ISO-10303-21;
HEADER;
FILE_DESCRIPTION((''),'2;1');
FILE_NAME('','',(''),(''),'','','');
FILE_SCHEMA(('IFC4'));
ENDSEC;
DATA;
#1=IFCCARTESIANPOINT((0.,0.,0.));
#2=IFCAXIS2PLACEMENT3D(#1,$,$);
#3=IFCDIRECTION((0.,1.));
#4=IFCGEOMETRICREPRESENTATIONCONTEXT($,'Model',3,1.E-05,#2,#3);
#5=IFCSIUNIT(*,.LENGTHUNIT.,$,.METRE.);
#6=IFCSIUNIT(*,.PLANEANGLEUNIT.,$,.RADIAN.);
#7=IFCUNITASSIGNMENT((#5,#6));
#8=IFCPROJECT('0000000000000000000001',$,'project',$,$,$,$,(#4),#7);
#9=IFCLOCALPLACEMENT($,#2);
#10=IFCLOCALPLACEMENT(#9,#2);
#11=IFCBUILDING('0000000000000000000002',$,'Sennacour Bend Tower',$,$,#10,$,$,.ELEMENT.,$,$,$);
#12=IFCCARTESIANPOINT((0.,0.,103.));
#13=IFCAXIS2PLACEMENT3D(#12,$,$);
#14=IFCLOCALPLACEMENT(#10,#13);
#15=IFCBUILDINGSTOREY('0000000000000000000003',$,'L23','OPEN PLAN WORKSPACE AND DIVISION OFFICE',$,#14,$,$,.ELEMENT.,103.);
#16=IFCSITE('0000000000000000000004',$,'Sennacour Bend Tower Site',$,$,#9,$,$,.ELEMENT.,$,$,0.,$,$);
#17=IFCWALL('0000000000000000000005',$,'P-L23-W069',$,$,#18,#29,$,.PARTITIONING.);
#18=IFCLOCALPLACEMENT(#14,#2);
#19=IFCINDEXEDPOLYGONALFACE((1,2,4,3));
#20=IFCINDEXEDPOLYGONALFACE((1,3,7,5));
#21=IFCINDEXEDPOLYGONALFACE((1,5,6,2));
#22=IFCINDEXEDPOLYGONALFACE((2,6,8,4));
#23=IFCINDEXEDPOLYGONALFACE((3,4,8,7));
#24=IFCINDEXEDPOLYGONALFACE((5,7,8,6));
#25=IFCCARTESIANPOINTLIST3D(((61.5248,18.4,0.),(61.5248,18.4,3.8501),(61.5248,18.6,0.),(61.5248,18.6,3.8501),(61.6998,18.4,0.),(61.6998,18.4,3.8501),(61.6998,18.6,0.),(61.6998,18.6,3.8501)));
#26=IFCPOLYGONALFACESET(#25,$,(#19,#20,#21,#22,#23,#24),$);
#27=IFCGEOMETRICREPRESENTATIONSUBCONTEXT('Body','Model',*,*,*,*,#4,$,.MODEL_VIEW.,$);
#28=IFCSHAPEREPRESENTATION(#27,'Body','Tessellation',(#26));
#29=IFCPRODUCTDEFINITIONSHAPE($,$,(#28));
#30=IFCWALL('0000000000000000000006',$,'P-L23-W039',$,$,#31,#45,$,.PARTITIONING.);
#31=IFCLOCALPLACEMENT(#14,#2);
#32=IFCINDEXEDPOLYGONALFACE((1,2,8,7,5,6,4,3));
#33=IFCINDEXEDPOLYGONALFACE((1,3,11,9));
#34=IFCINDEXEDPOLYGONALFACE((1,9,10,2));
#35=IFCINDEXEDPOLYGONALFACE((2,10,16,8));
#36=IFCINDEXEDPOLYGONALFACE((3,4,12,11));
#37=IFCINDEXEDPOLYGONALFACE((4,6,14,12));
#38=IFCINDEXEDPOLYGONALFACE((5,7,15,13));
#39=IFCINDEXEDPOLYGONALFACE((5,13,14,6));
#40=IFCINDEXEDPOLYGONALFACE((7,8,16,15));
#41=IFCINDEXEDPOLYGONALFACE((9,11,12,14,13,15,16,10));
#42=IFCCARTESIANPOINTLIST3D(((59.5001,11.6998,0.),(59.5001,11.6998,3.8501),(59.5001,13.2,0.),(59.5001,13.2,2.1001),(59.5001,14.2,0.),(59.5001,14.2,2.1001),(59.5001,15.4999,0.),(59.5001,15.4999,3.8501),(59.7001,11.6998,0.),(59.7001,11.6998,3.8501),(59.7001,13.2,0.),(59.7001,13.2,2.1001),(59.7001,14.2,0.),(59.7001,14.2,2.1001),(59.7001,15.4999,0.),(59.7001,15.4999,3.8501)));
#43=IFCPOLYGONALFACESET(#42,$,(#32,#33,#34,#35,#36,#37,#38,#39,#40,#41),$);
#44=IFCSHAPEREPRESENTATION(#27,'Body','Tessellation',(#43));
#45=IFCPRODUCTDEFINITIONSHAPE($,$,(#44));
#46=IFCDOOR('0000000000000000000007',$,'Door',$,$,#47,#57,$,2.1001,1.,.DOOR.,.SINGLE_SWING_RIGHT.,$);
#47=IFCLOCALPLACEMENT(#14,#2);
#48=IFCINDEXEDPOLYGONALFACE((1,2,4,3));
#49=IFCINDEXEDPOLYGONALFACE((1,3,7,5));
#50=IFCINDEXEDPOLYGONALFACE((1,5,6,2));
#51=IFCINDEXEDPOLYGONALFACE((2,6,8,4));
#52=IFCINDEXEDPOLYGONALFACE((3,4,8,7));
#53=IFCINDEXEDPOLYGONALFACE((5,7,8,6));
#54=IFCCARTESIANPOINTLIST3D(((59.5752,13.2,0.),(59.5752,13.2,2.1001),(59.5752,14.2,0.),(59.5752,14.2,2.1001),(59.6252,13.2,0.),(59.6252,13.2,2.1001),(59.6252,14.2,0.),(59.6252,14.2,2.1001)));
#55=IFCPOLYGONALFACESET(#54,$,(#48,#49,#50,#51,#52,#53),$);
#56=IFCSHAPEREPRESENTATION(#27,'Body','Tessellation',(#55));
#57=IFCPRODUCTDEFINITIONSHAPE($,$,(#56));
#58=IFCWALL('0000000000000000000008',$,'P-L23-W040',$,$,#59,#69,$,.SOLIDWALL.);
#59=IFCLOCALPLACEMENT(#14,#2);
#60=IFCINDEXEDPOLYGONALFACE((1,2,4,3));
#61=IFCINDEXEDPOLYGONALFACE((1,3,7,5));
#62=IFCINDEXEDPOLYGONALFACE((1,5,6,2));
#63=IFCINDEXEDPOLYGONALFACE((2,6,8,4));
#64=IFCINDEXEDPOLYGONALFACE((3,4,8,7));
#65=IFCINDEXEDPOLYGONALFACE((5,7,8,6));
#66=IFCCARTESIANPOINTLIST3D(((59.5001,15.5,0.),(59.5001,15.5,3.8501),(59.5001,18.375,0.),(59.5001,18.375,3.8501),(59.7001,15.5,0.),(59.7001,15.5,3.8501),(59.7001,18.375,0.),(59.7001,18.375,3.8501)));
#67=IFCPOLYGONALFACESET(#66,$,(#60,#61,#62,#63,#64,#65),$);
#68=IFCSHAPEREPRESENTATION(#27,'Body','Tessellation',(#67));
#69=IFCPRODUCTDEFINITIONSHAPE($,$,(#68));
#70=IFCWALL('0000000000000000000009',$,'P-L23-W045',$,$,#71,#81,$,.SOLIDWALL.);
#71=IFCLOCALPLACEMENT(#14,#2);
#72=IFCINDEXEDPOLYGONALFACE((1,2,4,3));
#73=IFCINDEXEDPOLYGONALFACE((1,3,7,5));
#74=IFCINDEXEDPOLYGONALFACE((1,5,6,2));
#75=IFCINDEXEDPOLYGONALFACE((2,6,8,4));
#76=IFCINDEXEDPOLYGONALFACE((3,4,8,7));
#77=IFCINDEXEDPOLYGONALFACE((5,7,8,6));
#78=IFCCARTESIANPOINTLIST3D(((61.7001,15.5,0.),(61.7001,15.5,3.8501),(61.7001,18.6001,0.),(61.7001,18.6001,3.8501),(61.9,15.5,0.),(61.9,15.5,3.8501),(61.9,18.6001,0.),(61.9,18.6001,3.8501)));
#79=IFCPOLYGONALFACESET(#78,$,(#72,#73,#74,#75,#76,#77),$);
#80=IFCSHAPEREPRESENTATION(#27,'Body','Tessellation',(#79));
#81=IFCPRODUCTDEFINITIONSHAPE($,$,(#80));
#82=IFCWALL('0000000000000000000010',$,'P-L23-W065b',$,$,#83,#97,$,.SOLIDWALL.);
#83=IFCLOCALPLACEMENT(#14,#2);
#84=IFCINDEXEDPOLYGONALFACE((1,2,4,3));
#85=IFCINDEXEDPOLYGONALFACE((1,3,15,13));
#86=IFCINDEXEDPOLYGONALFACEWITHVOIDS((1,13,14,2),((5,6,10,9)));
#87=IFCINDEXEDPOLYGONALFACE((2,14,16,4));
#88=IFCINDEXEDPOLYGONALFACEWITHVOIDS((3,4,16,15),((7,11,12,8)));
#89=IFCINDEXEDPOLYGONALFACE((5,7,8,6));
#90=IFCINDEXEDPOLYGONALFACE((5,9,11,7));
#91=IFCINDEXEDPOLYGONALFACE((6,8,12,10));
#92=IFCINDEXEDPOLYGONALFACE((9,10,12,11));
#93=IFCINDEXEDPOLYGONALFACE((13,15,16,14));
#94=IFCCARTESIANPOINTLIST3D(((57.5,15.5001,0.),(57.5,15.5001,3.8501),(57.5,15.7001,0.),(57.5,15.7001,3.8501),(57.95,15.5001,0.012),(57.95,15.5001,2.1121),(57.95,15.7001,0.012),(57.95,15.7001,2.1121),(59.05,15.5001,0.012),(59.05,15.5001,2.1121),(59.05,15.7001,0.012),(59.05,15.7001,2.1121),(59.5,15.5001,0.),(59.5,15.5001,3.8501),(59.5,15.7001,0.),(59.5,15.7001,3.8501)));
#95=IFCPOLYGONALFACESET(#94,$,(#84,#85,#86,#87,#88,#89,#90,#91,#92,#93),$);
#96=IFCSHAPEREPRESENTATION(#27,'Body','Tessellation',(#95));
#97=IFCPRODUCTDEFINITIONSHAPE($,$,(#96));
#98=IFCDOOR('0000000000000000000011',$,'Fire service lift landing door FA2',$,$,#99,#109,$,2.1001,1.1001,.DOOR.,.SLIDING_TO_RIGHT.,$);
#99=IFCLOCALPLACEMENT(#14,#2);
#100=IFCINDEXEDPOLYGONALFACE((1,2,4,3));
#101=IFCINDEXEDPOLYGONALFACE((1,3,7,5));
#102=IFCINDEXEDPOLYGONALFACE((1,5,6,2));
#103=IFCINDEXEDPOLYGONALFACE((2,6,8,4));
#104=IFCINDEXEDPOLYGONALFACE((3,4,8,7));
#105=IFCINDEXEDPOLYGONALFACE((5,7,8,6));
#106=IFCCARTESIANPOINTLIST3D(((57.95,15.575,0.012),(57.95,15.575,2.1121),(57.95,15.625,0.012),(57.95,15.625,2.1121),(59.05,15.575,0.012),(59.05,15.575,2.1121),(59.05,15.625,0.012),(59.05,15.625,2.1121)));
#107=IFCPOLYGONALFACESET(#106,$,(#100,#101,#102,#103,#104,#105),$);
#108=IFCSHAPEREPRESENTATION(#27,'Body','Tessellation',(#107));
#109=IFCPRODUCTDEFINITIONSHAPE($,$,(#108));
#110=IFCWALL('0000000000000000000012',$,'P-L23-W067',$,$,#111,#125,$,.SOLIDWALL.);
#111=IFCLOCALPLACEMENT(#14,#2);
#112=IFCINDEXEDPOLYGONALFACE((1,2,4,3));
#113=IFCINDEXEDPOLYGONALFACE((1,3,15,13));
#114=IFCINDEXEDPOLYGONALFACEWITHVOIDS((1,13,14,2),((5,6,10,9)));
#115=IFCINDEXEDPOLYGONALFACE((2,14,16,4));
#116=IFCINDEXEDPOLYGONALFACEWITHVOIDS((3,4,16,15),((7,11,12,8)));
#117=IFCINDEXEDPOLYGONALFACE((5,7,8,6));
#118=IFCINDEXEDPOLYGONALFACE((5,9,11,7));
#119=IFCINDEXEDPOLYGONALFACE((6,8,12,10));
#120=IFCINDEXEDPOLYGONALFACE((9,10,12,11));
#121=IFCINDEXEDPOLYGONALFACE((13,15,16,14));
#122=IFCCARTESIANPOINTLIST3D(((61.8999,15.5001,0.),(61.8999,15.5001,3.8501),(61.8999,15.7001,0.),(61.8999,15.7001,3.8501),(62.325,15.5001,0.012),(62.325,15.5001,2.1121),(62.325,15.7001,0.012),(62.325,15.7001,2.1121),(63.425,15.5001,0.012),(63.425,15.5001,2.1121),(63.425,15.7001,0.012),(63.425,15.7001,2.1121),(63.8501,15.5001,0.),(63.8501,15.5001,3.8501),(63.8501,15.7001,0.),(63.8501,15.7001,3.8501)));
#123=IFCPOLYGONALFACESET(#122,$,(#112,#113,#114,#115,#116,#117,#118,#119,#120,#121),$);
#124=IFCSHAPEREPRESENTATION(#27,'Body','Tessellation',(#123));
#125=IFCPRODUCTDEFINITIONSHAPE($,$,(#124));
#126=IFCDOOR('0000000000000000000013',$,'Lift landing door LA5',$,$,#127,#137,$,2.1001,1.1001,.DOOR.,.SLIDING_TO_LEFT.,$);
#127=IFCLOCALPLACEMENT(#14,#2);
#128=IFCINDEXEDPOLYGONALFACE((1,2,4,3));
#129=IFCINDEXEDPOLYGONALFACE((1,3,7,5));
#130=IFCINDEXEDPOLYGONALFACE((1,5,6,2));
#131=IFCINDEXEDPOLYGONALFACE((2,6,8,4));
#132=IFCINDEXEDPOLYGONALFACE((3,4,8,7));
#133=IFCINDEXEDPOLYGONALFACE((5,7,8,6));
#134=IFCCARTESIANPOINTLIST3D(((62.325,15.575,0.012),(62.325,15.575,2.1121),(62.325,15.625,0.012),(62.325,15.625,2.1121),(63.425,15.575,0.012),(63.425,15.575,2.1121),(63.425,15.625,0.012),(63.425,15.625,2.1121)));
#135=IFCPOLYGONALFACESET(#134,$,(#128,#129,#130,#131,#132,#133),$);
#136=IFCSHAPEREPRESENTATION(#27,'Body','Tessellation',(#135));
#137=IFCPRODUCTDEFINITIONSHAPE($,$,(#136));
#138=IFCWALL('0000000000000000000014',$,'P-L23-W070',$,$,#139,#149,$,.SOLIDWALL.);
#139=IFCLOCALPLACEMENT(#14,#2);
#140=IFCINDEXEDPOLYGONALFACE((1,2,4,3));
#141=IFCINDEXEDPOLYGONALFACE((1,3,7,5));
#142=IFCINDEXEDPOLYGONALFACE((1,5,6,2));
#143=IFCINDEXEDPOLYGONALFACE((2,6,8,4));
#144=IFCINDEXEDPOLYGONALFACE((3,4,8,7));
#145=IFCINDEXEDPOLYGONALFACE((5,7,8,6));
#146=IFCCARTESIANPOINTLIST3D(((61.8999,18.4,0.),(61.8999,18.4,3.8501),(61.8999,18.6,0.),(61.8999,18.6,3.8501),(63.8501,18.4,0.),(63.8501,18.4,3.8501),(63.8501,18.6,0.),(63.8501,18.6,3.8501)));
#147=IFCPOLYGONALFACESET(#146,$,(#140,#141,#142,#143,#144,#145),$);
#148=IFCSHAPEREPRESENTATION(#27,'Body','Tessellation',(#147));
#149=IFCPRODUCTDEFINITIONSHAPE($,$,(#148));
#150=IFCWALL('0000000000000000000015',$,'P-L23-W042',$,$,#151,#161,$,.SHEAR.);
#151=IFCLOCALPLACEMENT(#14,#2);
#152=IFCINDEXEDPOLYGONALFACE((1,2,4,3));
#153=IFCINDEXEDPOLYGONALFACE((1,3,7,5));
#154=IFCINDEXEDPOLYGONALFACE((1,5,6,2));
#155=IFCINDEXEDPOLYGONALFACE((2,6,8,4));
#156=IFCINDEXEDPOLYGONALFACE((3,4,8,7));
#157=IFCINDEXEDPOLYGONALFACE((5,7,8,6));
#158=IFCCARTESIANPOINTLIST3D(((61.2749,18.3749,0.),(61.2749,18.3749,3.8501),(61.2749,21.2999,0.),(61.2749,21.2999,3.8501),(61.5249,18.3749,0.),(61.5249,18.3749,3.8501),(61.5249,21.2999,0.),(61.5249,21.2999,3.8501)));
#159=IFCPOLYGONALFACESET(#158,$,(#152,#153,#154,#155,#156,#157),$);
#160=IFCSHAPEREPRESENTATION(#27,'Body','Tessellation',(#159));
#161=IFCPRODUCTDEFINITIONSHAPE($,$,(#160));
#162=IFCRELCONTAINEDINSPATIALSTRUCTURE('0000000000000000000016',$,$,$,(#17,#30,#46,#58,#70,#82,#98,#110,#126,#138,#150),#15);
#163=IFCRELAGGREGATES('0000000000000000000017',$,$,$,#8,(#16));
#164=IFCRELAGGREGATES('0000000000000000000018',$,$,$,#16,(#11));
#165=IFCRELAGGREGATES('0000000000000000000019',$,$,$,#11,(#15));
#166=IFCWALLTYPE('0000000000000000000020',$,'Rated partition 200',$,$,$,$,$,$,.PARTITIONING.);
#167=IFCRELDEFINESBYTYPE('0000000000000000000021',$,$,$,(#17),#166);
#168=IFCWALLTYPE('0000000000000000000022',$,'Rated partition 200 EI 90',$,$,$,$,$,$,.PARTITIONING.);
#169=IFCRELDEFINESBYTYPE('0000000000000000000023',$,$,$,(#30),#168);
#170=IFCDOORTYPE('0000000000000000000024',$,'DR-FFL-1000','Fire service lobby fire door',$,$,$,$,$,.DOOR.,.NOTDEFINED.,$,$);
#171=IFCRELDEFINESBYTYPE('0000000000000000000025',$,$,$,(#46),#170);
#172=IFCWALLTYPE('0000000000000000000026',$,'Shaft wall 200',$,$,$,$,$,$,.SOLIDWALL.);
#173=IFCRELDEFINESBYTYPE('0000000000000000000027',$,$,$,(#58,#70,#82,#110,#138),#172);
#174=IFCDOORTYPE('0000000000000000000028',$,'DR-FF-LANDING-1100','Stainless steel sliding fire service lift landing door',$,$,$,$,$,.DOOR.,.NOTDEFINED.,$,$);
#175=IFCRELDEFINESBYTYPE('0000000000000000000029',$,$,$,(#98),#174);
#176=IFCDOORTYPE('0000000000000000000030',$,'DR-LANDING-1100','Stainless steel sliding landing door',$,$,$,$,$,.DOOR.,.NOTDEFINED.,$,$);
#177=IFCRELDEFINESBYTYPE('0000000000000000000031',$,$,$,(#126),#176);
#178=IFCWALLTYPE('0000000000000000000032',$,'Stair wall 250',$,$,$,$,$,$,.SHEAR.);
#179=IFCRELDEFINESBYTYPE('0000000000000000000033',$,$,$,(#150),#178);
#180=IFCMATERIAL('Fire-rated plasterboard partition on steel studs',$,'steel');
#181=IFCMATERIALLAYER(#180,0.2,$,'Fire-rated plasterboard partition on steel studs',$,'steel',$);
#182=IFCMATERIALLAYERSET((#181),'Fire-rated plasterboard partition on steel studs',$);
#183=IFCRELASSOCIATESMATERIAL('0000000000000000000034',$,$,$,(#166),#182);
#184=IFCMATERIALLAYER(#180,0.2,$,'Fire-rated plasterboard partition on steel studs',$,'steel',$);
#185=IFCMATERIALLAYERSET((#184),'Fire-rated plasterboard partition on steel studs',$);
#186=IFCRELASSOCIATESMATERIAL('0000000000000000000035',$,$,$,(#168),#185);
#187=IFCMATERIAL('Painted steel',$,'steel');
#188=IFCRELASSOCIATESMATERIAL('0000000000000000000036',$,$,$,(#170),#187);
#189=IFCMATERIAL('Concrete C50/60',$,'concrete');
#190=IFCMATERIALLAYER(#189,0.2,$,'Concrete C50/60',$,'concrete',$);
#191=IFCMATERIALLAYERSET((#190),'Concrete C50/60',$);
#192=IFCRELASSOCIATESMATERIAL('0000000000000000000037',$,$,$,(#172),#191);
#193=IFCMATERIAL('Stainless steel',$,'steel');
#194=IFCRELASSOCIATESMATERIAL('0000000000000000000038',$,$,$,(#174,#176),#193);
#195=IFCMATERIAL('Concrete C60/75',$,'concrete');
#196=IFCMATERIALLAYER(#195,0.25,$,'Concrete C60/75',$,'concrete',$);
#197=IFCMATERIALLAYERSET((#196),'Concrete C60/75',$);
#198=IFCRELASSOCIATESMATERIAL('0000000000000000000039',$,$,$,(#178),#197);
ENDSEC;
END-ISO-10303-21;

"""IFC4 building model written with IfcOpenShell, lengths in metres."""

from ifc_helpers import new_model, si_unit, direction, frame, frame_2d, origin, place, context, subcontext, project, spatial, rectangle, extrude, material, layer, layer_set, type_object, element, fill, save


model = new_model("IFC4")

# Units and contexts
model_context = context("Model", 3, precision=1e-05, world=origin(), true_north=direction((0.0, 1.0)))
body_context = subcontext(model_context, "Body", "Model", "MODEL_VIEW")
ifc_project = project(units=[si_unit("LENGTHUNIT", "METRE"), si_unit("PLANEANGLEUNIT", "RADIAN")], contexts=[model_context])

# Site, building, storey
site_placement = place(None, origin())
site = spatial("IfcSite", under=ifc_project, at=site_placement, Name="Sennacour Bend Tower Site", CompositionType="ELEMENT", RefElevation=0.0)
building_placement = place(site_placement, origin())
building = spatial("IfcBuilding", under=site, at=building_placement, Name="Sennacour Bend Tower", CompositionType="ELEMENT")
storey_placement = place(building_placement, frame((0.0, 0.0, 103.0)))
storey = spatial("IfcBuildingStorey", under=building, at=storey_placement, Name="L23", Description="OPEN PLAN WORKSPACE AND DIVISION OFFICE", CompositionType="ELEMENT", Elevation=103.0)

# Shared definitions
ifc_material_1 = material(Name="Fire-rated plasterboard partition on steel studs", Category="steel")
ifc_layer_1 = layer(ifc_material_1, 0.2, Name="Fire-rated plasterboard partition on steel studs", Category="steel")
ifc_layer_set_1 = layer_set([ifc_layer_1], Name="Fire-rated plasterboard partition on steel studs")
wall_type_1 = type_object("IfcWallType", Name="Rated partition 200", PredefinedType="PARTITIONING", material=ifc_layer_set_1)

# Shared definitions
ifc_material_2 = material(Name="Painted steel", Category="steel")

# Wall
wall_1_placement = place(storey_placement, frame((61.5249, 18.5, 0.0), z_axis=(0.0, 0.0, 1.0), x_axis=(1.0, 0.0, 0.0)))
element("IfcWall", 1, at=wall_1_placement, inside=storey, type_object=wall_type_1, Name="P-L23-W069", PredefinedType="PARTITIONING", context=body_context, shape_type="SweptSolid", body=[
    extrude(rectangle(XDim=0.175, YDim=0.2, at=frame_2d((0.0874, 0.0))), origin(), (0.0, 0.0, 1.0), 3.8501),
])

# Wall, opening, door
ifc_layer_2 = layer(ifc_material_1, 0.2, Name="Fire-rated plasterboard partition on steel studs", Category="steel")
ifc_layer_set_2 = layer_set([ifc_layer_2], Name="Fire-rated plasterboard partition on steel studs")
wall_type_2 = type_object("IfcWallType", Name="Rated partition 200 EI 90", PredefinedType="PARTITIONING", material=ifc_layer_set_2)
wall_2_placement = place(storey_placement, frame((59.6001, 11.7, 0.0), z_axis=(0.0, 0.0, 1.0), x_axis=(0.0, 1.0, 0.0)))
wall_2 = element("IfcWall", 2, at=wall_2_placement, inside=storey, type_object=wall_type_2, Name="P-L23-W039", PredefinedType="PARTITIONING", context=body_context, shape_type="SweptSolid", body=[
    extrude(rectangle(XDim=3.8, YDim=0.2, at=frame_2d((1.8999, 0.0))), origin(), (0.0, 0.0, 1.0), 3.8501),
])
opening_1_placement = place(wall_2_placement, frame((1.5, 0.0, 0.0)))
opening_1 = element("IfcOpeningElement", 3, at=opening_1_placement, cuts=wall_2, PredefinedType="OPENING", context=body_context, shape_type="SweptSolid", body=[
    extrude(rectangle(XDim=1.0, YDim=2.1001, at=frame_2d((0.5, 1.05))), frame((0.0, 0.1099, 0.0), z_axis=(0.0, -1.0, 0.0), x_axis=(1.0, 0.0, 0.0)), (0.0, 0.0, 1.0), 0.22),
])
door_type_1 = type_object("IfcDoorType", Name="DR-FFL-1000", Description="Fire service lobby fire door", OperationType="NOTDEFINED", PredefinedType="DOOR", material=ifc_material_2)
door_1_placement = place(opening_1_placement, origin())
door_1 = element("IfcDoor", 4, at=door_1_placement, inside=storey, type_object=door_type_1, Name="Door", OperationType="SINGLE_SWING_RIGHT", OverallHeight=2.1001, OverallWidth=1.0, PredefinedType="DOOR", context=body_context, shape_type="SweptSolid", body=[
    extrude(rectangle(XDim=1.0, YDim=2.1001, at=frame_2d((0.5, 1.05))), frame((0.0, 0.0249, 0.0), z_axis=(0.0, -1.0, 0.0), x_axis=(1.0, 0.0, 0.0)), (0.0, 0.0, 1.0), 0.05),
])
fill(opening_1, door_1)

# Walls
ifc_material_3 = material(Name="Concrete C50/60", Category="concrete")
ifc_layer_3 = layer(ifc_material_3, 0.2, Name="Concrete C50/60", Category="concrete")
ifc_layer_set_3 = layer_set([ifc_layer_3], Name="Concrete C50/60")
wall_type_3 = type_object("IfcWallType", Name="Shaft wall 200", PredefinedType="SOLIDWALL", material=ifc_layer_set_3)
wall_3_placement = place(storey_placement, frame((59.6001, 15.5, 0.0), z_axis=(0.0, 0.0, 1.0), x_axis=(0.0, 1.0, 0.0)))
element("IfcWall", 5, at=wall_3_placement, inside=storey, type_object=wall_type_3, Name="P-L23-W040", PredefinedType="SOLIDWALL", context=body_context, shape_type="SweptSolid", body=[
    extrude(rectangle(XDim=2.875, YDim=0.2, at=frame_2d((1.4375, 0.0))), origin(), (0.0, 0.0, 1.0), 3.8501),
])
wall_4_placement = place(storey_placement, frame((61.8, 15.5, 0.0), z_axis=(0.0, 0.0, 1.0), x_axis=(0.0, 1.0, 0.0)))
element("IfcWall", 6, at=wall_4_placement, inside=storey, type_object=wall_type_3, Name="P-L23-W045", PredefinedType="SOLIDWALL", context=body_context, shape_type="SweptSolid", body=[
    extrude(rectangle(XDim=3.1001, YDim=0.2, at=frame_2d((1.55, 0.0))), origin(), (0.0, 0.0, 1.0), 3.8501),
])

# Walls, openings, doors
wall_5_placement = place(storey_placement, frame((57.5, 15.6001, 0.0), z_axis=(0.0, 0.0, 1.0), x_axis=(1.0, 0.0, 0.0)))
wall_5 = element("IfcWall", 7, at=wall_5_placement, inside=storey, type_object=wall_type_3, Name="P-L23-W065b", PredefinedType="SOLIDWALL", context=body_context, shape_type="SweptSolid", body=[
    extrude(rectangle(XDim=2.0, YDim=0.2, at=frame_2d((1.0, 0.0))), origin(), (0.0, 0.0, 1.0), 3.8501),
])
opening_2_placement = place(wall_5_placement, frame((0.45, 0.0, 0.012)))
opening_2 = element("IfcOpeningElement", 8, at=opening_2_placement, cuts=wall_5, PredefinedType="OPENING", context=body_context, shape_type="SweptSolid", body=[
    extrude(rectangle(XDim=1.1001, YDim=2.1001, at=frame_2d((0.55, 1.05))), frame((0.0, 0.1099, 0.0), z_axis=(0.0, -1.0, 0.0), x_axis=(1.0, 0.0, 0.0)), (0.0, 0.0, 1.0), 0.22),
])
ifc_material_4 = material(Name="Stainless steel", Category="steel")
door_type_2 = type_object("IfcDoorType", Name="DR-FF-LANDING-1100", Description="Stainless steel sliding fire service lift landing door", OperationType="NOTDEFINED", PredefinedType="DOOR", material=ifc_material_4)
door_2_placement = place(opening_2_placement, origin())
door_2 = element("IfcDoor", 9, at=door_2_placement, inside=storey, type_object=door_type_2, Name="Fire service lift landing door FA2", OperationType="SLIDING_TO_RIGHT", OverallHeight=2.1001, OverallWidth=1.1001, PredefinedType="DOOR", context=body_context, shape_type="SweptSolid", body=[
    extrude(rectangle(XDim=1.1001, YDim=2.1001, at=frame_2d((0.55, 1.05))), frame((0.0, 0.0249, 0.0), z_axis=(0.0, -1.0, 0.0), x_axis=(1.0, 0.0, 0.0)), (0.0, 0.0, 1.0), 0.05),
])
fill(opening_2, door_2)
wall_6_placement = place(storey_placement, frame((61.8999, 15.6001, 0.0), z_axis=(0.0, 0.0, 1.0), x_axis=(1.0, 0.0, 0.0)))
wall_6 = element("IfcWall", 10, at=wall_6_placement, inside=storey, type_object=wall_type_3, Name="P-L23-W067", PredefinedType="SOLIDWALL", context=body_context, shape_type="SweptSolid", body=[
    extrude(rectangle(XDim=1.9502, YDim=0.2, at=frame_2d((0.9751, 0.0))), origin(), (0.0, 0.0, 1.0), 3.8501),
])
opening_3_placement = place(wall_6_placement, frame((0.425, 0.0, 0.012)))
opening_3 = element("IfcOpeningElement", 11, at=opening_3_placement, cuts=wall_6, PredefinedType="OPENING", context=body_context, shape_type="SweptSolid", body=[
    extrude(rectangle(XDim=1.1001, YDim=2.1001, at=frame_2d((0.55, 1.05))), frame((0.0, 0.1099, 0.0), z_axis=(0.0, -1.0, 0.0), x_axis=(1.0, 0.0, 0.0)), (0.0, 0.0, 1.0), 0.22),
])
door_type_3 = type_object("IfcDoorType", Name="DR-LANDING-1100", Description="Stainless steel sliding landing door", OperationType="NOTDEFINED", PredefinedType="DOOR", material=ifc_material_4)
door_3_placement = place(opening_3_placement, origin())
door_3 = element("IfcDoor", 12, at=door_3_placement, inside=storey, type_object=door_type_3, Name="Lift landing door LA5", OperationType="SLIDING_TO_LEFT", OverallHeight=2.1001, OverallWidth=1.1001, PredefinedType="DOOR", context=body_context, shape_type="SweptSolid", body=[
    extrude(rectangle(XDim=1.1001, YDim=2.1001, at=frame_2d((0.55, 1.05))), frame((0.0, 0.0249, 0.0), z_axis=(0.0, -1.0, 0.0), x_axis=(1.0, 0.0, 0.0)), (0.0, 0.0, 1.0), 0.05),
])
fill(opening_3, door_3)

# Walls
wall_7_placement = place(storey_placement, frame((61.8999, 18.5, 0.0), z_axis=(0.0, 0.0, 1.0), x_axis=(1.0, 0.0, 0.0)))
element("IfcWall", 13, at=wall_7_placement, inside=storey, type_object=wall_type_3, Name="P-L23-W070", PredefinedType="SOLIDWALL", context=body_context, shape_type="SweptSolid", body=[
    extrude(rectangle(XDim=1.9502, YDim=0.2, at=frame_2d((0.9751, 0.0))), origin(), (0.0, 0.0, 1.0), 3.8501),
])
ifc_material_5 = material(Name="Concrete C60/75", Category="concrete")
ifc_layer_4 = layer(ifc_material_5, 0.25, Name="Concrete C60/75", Category="concrete")
ifc_layer_set_4 = layer_set([ifc_layer_4], Name="Concrete C60/75")
wall_type_4 = type_object("IfcWallType", Name="Stair wall 250", PredefinedType="SHEAR", material=ifc_layer_set_4)
wall_8_placement = place(storey_placement, frame((61.3999, 18.375, 0.0), z_axis=(0.0, 0.0, 1.0), x_axis=(0.0, 1.0, 0.0)))
element("IfcWall", 14, at=wall_8_placement, inside=storey, type_object=wall_type_4, Name="P-L23-W042", PredefinedType="SHEAR", context=body_context, shape_type="SweptSolid", body=[
    extrude(rectangle(XDim=2.925, YDim=0.25, at=frame_2d((1.4624, 0.0))), origin(), (0.0, 0.0, 1.0), 3.8501),
])

save(model, "model.ifc")
